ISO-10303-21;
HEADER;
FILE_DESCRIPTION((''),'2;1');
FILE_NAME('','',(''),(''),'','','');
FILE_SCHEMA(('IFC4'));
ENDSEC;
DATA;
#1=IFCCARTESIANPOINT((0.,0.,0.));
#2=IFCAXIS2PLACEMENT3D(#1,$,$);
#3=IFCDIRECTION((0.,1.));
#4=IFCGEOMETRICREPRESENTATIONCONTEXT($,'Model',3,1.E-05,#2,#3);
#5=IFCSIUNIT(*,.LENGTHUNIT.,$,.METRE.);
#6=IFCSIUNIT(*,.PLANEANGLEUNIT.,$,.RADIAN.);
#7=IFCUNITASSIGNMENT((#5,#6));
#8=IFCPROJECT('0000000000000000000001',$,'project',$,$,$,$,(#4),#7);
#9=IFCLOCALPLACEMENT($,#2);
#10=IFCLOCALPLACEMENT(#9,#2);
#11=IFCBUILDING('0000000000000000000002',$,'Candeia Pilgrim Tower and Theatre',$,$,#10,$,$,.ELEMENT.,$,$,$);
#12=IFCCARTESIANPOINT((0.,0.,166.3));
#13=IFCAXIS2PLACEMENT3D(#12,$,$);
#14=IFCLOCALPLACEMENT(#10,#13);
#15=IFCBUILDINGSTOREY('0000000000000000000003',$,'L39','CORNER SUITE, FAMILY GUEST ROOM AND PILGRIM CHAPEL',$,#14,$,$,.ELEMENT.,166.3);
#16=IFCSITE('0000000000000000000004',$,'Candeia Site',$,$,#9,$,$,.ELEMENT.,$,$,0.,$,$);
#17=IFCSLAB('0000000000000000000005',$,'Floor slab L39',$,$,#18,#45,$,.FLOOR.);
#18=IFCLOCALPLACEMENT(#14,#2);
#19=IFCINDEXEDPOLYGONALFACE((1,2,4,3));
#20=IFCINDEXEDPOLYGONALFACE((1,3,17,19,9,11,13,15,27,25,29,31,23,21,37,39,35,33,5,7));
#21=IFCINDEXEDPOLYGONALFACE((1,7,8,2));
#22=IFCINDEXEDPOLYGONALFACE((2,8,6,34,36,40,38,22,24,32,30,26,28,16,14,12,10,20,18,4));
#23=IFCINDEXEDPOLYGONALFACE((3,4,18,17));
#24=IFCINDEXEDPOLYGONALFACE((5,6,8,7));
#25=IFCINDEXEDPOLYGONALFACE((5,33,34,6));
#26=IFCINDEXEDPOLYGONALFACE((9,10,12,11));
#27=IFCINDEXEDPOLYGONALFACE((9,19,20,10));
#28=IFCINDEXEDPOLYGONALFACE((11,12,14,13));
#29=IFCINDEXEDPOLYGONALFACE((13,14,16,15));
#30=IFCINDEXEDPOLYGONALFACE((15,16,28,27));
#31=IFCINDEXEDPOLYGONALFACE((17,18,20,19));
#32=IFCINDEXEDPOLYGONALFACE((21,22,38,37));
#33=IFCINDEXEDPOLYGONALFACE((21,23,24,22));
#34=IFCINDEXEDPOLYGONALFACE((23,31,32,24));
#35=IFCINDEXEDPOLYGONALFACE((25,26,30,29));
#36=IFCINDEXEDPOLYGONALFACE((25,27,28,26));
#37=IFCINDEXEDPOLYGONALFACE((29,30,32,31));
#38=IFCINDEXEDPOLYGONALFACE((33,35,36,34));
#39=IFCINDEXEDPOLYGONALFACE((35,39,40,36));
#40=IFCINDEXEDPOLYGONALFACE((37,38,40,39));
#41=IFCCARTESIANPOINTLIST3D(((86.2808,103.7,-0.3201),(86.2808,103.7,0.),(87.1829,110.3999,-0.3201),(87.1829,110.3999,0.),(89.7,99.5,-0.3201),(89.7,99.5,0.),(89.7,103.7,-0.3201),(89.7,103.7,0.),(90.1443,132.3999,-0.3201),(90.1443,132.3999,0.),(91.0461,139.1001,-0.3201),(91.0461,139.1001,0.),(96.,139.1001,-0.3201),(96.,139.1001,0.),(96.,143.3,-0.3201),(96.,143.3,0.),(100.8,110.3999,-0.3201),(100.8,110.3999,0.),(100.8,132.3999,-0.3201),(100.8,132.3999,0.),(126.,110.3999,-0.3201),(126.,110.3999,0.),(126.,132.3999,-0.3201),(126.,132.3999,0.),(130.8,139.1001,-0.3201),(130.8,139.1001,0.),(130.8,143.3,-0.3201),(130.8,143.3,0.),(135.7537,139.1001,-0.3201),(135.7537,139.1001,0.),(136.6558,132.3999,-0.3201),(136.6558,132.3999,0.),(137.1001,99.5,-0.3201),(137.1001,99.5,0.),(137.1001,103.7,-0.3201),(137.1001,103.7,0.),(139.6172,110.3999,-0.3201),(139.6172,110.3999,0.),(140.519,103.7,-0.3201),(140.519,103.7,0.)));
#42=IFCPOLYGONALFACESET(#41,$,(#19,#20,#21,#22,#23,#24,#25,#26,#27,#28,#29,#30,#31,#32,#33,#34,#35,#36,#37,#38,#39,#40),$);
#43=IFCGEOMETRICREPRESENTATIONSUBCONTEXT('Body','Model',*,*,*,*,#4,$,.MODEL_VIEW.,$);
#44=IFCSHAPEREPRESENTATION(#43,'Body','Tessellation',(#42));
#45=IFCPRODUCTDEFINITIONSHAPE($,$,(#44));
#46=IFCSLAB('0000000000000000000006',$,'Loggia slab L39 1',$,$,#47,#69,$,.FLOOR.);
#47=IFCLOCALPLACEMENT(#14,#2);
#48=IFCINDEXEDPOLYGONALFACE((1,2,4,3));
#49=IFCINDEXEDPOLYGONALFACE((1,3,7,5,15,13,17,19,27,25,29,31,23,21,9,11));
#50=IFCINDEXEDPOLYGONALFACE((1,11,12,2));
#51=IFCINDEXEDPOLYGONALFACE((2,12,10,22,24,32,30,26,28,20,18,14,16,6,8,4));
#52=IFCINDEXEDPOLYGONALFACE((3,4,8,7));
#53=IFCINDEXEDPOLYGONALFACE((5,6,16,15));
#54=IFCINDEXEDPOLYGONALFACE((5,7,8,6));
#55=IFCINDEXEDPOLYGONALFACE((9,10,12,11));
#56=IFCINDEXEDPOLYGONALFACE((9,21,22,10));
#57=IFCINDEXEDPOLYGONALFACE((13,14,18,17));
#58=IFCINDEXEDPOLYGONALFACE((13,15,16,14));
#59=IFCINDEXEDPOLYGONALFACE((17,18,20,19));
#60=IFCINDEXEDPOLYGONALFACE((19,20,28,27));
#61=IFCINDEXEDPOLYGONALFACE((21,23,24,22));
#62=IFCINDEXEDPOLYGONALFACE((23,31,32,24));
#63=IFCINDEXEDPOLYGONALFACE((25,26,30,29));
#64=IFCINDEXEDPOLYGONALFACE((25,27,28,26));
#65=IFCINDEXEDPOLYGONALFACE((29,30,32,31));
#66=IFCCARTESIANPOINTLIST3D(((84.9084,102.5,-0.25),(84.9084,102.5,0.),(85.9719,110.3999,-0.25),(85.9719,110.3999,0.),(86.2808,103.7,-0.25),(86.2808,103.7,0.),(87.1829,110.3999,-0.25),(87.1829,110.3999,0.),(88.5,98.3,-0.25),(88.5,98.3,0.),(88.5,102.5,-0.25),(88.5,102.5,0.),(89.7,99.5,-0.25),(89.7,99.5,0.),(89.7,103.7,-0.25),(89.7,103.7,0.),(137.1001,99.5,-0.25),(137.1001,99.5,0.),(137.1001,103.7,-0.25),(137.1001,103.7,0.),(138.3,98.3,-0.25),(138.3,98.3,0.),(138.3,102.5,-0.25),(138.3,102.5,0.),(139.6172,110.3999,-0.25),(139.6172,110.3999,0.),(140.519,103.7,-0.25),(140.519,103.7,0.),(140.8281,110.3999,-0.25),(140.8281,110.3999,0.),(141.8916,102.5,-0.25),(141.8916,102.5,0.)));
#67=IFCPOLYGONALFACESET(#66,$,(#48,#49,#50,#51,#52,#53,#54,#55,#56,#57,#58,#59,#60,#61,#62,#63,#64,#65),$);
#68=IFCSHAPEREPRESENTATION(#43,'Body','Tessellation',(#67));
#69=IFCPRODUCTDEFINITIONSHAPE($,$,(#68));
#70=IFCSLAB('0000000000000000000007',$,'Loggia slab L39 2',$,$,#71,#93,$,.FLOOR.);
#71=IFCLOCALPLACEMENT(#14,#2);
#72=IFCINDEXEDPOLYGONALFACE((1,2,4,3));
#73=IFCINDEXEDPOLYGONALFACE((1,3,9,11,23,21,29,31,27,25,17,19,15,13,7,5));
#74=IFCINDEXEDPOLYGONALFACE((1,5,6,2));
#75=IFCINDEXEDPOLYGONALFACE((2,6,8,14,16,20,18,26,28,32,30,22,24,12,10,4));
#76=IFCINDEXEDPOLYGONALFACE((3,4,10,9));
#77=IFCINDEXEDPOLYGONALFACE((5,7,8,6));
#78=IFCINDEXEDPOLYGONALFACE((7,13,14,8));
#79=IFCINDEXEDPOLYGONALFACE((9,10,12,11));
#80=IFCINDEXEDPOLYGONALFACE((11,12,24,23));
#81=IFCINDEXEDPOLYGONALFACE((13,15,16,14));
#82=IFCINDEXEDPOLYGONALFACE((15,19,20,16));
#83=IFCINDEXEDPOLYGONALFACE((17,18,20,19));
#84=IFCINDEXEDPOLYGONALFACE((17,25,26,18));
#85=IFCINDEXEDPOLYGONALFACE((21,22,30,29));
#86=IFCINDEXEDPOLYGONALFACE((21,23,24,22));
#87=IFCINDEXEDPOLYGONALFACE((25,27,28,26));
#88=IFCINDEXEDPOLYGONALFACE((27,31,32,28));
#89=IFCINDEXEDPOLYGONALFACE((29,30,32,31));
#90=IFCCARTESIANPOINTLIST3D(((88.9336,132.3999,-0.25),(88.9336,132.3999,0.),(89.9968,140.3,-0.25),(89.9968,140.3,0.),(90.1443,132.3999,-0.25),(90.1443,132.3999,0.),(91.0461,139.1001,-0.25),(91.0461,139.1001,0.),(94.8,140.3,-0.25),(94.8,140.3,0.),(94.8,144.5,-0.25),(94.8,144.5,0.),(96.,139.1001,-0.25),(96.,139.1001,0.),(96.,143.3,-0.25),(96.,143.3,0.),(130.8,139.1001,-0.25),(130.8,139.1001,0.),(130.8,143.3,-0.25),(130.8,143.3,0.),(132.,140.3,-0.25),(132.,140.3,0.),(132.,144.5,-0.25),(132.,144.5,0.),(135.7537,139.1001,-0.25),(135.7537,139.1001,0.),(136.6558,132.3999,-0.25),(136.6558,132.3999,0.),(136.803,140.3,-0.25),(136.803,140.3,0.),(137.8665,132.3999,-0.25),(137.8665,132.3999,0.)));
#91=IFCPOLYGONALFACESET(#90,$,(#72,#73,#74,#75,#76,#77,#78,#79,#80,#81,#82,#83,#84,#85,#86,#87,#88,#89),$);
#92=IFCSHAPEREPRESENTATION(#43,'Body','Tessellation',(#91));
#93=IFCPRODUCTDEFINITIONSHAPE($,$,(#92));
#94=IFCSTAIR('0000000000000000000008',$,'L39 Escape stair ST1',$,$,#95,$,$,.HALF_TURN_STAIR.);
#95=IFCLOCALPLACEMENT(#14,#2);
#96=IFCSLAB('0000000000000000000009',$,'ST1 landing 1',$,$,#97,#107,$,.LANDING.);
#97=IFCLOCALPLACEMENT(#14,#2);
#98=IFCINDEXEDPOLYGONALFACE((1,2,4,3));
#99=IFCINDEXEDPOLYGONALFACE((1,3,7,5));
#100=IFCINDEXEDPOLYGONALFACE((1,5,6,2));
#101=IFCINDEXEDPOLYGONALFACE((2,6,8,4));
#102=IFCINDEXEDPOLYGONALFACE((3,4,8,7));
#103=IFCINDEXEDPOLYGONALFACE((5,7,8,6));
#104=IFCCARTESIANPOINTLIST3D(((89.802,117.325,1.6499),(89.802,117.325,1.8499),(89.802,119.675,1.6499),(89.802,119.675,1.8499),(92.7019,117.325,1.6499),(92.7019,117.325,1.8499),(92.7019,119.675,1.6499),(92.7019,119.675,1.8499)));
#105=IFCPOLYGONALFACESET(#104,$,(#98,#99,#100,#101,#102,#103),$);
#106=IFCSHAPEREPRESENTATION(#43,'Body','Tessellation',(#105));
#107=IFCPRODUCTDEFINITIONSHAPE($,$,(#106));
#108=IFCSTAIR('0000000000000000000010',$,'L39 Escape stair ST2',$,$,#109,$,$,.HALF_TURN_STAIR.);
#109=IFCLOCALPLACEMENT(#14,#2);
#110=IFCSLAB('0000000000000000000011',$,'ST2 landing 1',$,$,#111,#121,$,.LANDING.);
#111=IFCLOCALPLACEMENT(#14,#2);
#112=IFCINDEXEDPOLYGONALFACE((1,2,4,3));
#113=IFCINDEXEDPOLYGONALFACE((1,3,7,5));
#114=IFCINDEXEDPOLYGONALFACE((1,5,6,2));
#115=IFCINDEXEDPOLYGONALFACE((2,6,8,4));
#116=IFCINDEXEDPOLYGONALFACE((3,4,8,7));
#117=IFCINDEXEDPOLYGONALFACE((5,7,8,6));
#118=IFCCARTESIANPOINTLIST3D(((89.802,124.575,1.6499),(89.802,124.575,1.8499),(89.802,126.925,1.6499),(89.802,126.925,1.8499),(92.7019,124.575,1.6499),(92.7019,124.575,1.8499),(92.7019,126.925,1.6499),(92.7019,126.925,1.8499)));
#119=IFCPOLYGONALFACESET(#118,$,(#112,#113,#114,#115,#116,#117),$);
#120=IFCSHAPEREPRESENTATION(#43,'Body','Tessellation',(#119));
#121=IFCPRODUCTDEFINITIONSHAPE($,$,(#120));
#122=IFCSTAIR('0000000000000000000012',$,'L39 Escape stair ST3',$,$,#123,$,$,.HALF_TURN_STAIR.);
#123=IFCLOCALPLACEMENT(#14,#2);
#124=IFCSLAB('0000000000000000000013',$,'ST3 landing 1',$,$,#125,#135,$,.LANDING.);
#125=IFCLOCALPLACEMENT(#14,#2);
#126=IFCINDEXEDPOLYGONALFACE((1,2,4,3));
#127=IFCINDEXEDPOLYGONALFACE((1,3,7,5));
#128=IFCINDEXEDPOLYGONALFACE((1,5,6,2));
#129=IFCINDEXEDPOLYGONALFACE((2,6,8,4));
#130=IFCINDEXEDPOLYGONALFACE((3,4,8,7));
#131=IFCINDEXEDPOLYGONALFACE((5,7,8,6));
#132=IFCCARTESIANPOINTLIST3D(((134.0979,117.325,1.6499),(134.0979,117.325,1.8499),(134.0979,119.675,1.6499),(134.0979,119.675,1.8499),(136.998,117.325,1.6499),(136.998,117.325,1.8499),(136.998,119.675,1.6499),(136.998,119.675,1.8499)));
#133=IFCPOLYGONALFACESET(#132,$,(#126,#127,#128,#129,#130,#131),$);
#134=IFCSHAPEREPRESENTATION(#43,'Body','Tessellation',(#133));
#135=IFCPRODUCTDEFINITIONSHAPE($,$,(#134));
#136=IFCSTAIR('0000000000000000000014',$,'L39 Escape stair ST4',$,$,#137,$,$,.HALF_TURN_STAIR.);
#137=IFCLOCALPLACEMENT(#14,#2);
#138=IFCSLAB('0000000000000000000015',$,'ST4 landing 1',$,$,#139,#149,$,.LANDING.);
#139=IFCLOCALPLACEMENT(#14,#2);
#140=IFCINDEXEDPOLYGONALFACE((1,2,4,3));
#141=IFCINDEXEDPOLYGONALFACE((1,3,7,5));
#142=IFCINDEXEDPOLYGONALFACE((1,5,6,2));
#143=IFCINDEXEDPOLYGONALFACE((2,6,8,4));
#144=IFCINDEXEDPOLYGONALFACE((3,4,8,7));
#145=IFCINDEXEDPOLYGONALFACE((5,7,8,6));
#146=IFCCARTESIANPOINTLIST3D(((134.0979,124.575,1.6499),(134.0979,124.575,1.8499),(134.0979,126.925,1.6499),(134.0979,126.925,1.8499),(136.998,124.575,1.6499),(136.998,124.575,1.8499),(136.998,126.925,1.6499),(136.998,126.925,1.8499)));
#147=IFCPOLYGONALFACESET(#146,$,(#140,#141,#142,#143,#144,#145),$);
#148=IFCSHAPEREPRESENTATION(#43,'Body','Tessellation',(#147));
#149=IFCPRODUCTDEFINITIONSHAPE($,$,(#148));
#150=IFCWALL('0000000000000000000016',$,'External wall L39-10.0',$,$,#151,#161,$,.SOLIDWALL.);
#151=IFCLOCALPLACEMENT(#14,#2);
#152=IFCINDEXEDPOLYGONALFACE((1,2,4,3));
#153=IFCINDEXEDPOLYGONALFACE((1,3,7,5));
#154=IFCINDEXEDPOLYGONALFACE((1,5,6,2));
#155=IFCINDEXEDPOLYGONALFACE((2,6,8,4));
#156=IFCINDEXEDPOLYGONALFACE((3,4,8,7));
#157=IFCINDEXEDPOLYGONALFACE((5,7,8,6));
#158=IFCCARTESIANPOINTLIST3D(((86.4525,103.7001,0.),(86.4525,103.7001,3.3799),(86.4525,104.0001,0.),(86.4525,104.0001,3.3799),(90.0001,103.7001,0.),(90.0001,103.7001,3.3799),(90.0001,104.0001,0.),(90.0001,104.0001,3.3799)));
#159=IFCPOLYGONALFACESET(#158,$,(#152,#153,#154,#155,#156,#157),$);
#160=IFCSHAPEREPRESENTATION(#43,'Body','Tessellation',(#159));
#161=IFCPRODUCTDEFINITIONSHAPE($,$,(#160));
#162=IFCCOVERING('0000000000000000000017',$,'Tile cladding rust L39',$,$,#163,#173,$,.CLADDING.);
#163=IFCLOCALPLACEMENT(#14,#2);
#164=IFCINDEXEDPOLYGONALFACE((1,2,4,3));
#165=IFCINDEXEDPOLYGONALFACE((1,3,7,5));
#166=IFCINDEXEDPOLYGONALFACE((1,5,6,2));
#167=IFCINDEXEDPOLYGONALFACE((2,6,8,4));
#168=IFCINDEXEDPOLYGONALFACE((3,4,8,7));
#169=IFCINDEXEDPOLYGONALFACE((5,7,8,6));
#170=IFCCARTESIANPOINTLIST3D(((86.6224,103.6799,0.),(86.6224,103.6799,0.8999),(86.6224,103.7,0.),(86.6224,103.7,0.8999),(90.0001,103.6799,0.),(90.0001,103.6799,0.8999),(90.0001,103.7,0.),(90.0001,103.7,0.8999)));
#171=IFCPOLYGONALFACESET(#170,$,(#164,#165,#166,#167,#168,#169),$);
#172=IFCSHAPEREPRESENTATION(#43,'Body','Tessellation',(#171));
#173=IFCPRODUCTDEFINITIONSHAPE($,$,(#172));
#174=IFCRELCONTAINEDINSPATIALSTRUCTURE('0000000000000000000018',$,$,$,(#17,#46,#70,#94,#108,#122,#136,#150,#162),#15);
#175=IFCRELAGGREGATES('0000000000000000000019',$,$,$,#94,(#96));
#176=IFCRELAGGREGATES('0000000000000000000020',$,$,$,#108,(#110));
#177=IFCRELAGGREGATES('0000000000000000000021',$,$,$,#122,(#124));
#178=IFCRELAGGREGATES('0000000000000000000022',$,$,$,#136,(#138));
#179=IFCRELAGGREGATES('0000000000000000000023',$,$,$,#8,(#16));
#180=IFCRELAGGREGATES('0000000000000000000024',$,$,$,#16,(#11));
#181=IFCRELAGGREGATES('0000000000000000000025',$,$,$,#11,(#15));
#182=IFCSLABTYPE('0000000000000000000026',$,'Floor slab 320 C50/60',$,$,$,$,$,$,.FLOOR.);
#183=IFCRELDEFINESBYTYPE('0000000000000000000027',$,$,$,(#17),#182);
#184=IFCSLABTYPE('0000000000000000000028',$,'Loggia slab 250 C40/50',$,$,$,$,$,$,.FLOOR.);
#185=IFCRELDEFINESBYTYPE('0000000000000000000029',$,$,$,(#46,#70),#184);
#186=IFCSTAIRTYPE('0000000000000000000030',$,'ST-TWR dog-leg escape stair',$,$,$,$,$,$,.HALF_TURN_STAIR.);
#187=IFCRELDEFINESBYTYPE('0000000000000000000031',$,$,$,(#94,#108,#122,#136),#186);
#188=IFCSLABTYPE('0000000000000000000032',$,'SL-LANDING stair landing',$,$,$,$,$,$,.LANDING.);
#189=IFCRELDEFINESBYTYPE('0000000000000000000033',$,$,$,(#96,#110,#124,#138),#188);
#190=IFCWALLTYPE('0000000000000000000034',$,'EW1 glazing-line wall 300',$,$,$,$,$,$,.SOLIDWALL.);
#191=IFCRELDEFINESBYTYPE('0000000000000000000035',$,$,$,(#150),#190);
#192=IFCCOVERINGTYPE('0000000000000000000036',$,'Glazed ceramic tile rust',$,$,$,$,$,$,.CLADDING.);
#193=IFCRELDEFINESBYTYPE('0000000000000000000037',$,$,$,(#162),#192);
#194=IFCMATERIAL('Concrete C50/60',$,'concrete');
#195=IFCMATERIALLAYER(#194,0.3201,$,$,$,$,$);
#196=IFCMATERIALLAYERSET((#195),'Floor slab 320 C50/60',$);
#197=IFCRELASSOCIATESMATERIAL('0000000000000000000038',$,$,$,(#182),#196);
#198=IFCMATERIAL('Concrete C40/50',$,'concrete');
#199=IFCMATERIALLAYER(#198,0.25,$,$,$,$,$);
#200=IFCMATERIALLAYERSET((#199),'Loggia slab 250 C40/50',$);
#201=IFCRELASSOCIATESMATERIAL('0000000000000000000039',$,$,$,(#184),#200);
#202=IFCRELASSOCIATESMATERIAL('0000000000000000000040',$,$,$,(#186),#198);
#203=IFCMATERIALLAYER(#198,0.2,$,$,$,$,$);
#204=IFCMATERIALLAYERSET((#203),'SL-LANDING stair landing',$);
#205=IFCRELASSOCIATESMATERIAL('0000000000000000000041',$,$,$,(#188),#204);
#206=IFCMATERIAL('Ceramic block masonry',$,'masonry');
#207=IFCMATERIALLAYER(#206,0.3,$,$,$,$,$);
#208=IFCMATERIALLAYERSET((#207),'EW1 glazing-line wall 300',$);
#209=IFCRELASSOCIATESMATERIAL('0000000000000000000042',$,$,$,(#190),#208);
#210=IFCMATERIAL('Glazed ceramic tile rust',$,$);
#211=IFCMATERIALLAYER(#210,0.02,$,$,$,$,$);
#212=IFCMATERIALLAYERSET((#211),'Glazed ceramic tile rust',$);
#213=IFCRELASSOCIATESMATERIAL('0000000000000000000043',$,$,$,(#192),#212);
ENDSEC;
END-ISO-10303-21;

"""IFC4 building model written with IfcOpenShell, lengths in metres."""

from ifc_helpers import new_model, si_unit, direction, frame, frame_2d, origin, origin_2d, place, context, subcontext, project, spatial, polyline, rectangle, outline, extrude, material, layer, layer_set, type_object, element, aggregate, save


model = new_model("IFC4")

# Units and contexts
model_context = context("Model", 3, precision=1e-05, world=origin(), true_north=direction((0.0, 1.0)))
body_context = subcontext(model_context, "Body", "Model", "MODEL_VIEW")
ifc_project = project(units=[si_unit("LENGTHUNIT", "METRE"), si_unit("PLANEANGLEUNIT", "RADIAN")], contexts=[model_context])

# Site, building, storey
site_placement = place(None, origin())
site = spatial("IfcSite", under=ifc_project, at=site_placement, Name="Candeia Site", CompositionType="ELEMENT", RefElevation=0.0)
building_placement = place(site_placement, origin())
building = spatial("IfcBuilding", under=site, at=building_placement, Name="Candeia Pilgrim Tower and Theatre", CompositionType="ELEMENT")
storey_placement = place(building_placement, frame((0.0, 0.0, 166.3)))
storey = spatial("IfcBuildingStorey", under=building, at=storey_placement, Name="L39", Description="CORNER SUITE, FAMILY GUEST ROOM AND PILGRIM CHAPEL", CompositionType="ELEMENT", Elevation=166.3)

# Slabs
ifc_material_1 = material(Name="Concrete C40/50", Category="concrete")
ifc_material_2 = material(Name="Concrete C50/60", Category="concrete")
ifc_layer_1 = layer(ifc_material_2, 0.3201)
ifc_layer_set_1 = layer_set([ifc_layer_1], Name="Floor slab 320 C50/60")
slab_type_1 = type_object("IfcSlabType", Name="Floor slab 320 C50/60", PredefinedType="FLOOR", material=ifc_layer_set_1)
slab_1_placement = place(storey_placement, frame((0.0, 0.0, -0.3201)))
element("IfcSlab", 1, at=slab_1_placement, inside=storey, type_object=slab_type_1, Name="Floor slab L39", PredefinedType="FLOOR", context=body_context, shape_type="SweptSolid", body=[
    extrude(outline(polyline([(96.0, 139.1001), (96.0, 143.3), (130.8, 143.3), (130.8, 139.1001), (135.7537, 139.1001), (136.6558, 132.3999), (126.0, 132.3999), (126.0, 110.3999), (139.6172, 110.3999), (140.519, 103.7), (137.1001, 103.7), (137.1001, 99.5), (89.7, 99.5), (89.7, 103.7), (86.2808, 103.7), (87.1829, 110.3999), (100.8, 110.3999), (100.8, 132.3999), (90.1443, 132.3999), (91.0461, 139.1001), (96.0, 139.1001)])), origin(), (0.0, 0.0, 1.0), 0.3201),
])
ifc_layer_2 = layer(ifc_material_1, 0.25)
ifc_layer_set_2 = layer_set([ifc_layer_2], Name="Loggia slab 250 C40/50")
slab_type_2 = type_object("IfcSlabType", Name="Loggia slab 250 C40/50", PredefinedType="FLOOR", material=ifc_layer_set_2)
slab_2_placement = place(storey_placement, frame((0.0, 0.0, -0.25)))
element("IfcSlab", 2, at=slab_2_placement, inside=storey, type_object=slab_type_2, Name="Loggia slab L39 1", PredefinedType="FLOOR", context=body_context, shape_type="SweptSolid", body=[
    extrude(outline(polyline([(87.1829, 110.3999), (86.2808, 103.7), (89.7, 103.7), (89.7, 99.5), (137.1001, 99.5), (137.1001, 103.7), (140.519, 103.7), (139.6172, 110.3999), (140.8281, 110.3999), (141.8916, 102.5), (138.3, 102.5), (138.3, 98.3), (88.5, 98.3), (88.5, 102.5), (84.9084, 102.5), (85.9719, 110.3999), (87.1829, 110.3999)])), origin(), (0.0, 0.0, 1.0), 0.25),
])
slab_3_placement = place(storey_placement, frame((0.0, 0.0, -0.25)))
element("IfcSlab", 3, at=slab_3_placement, inside=storey, type_object=slab_type_2, Name="Loggia slab L39 2", PredefinedType="FLOOR", context=body_context, shape_type="SweptSolid", body=[
    extrude(outline(polyline([(136.6558, 132.3999), (135.7537, 139.1001), (130.8, 139.1001), (130.8, 143.3), (96.0, 143.3), (96.0, 139.1001), (91.0461, 139.1001), (90.1443, 132.3999), (88.9336, 132.3999), (89.9968, 140.3), (94.8, 140.3), (94.8, 144.5), (132.0, 144.5), (132.0, 140.3), (136.803, 140.3), (137.8665, 132.3999), (136.6558, 132.3999)])), origin(), (0.0, 0.0, 1.0), 0.25),
])

# Stairs, slabs
stair_type = type_object("IfcStairType", Name="ST-TWR dog-leg escape stair", PredefinedType="HALF_TURN_STAIR", material=ifc_material_1)
stair_1_placement = place(storey_placement, origin())
stair_1 = element("IfcStair", 4, at=stair_1_placement, inside=storey, type_object=stair_type, Name="L39 Escape stair ST1", PredefinedType="HALF_TURN_STAIR")
ifc_layer_3 = layer(ifc_material_1, 0.2)
ifc_layer_set_3 = layer_set([ifc_layer_3], Name="SL-LANDING stair landing")
slab_type_3 = type_object("IfcSlabType", Name="SL-LANDING stair landing", PredefinedType="LANDING", material=ifc_layer_set_3)
slab_4_placement = place(storey_placement, frame((0.0, 0.0, 1.6499)))
slab_4 = element("IfcSlab", 5, at=slab_4_placement, type_object=slab_type_3, Name="ST1 landing 1", PredefinedType="LANDING", context=body_context, shape_type="SweptSolid", body=[
    extrude(outline(polyline([(89.802, 119.675), (89.802, 117.325), (92.7019, 117.325), (92.7019, 119.675), (89.802, 119.675)])), origin(), (0.0, 0.0, 1.0), 0.2),
])
aggregate(stair_1, [slab_4])
stair_2_placement = place(storey_placement, origin())
stair_2 = element("IfcStair", 6, at=stair_2_placement, inside=storey, type_object=stair_type, Name="L39 Escape stair ST2", PredefinedType="HALF_TURN_STAIR")
slab_5_placement = place(storey_placement, frame((0.0, 0.0, 1.6499)))
slab_5 = element("IfcSlab", 7, at=slab_5_placement, type_object=slab_type_3, Name="ST2 landing 1", PredefinedType="LANDING", context=body_context, shape_type="SweptSolid", body=[
    extrude(outline(polyline([(89.802, 126.925), (89.802, 124.575), (92.7019, 124.575), (92.7019, 126.925), (89.802, 126.925)])), origin(), (0.0, 0.0, 1.0), 0.2),
])
aggregate(stair_2, [slab_5])
stair_3_placement = place(storey_placement, origin())
stair_3 = element("IfcStair", 8, at=stair_3_placement, inside=storey, type_object=stair_type, Name="L39 Escape stair ST3", PredefinedType="HALF_TURN_STAIR")
slab_6_placement = place(storey_placement, frame((0.0, 0.0, 1.6499)))
slab_6 = element("IfcSlab", 9, at=slab_6_placement, type_object=slab_type_3, Name="ST3 landing 1", PredefinedType="LANDING", context=body_context, shape_type="SweptSolid", body=[
    extrude(outline(polyline([(134.0979, 119.675), (134.0979, 117.325), (136.998, 117.325), (136.998, 119.675), (134.0979, 119.675)])), origin(), (0.0, 0.0, 1.0), 0.2),
])
aggregate(stair_3, [slab_6])
stair_4_placement = place(storey_placement, origin())
stair_4 = element("IfcStair", 10, at=stair_4_placement, inside=storey, type_object=stair_type, Name="L39 Escape stair ST4", PredefinedType="HALF_TURN_STAIR")
slab_7_placement = place(storey_placement, frame((0.0, 0.0, 1.6499)))
slab_7 = element("IfcSlab", 11, at=slab_7_placement, type_object=slab_type_3, Name="ST4 landing 1", PredefinedType="LANDING", context=body_context, shape_type="SweptSolid", body=[
    extrude(outline(polyline([(134.0979, 126.925), (134.0979, 124.575), (136.998, 124.575), (136.998, 126.925), (134.0979, 126.925)])), origin(), (0.0, 0.0, 1.0), 0.2),
])
aggregate(stair_4, [slab_7])

# Wall
ifc_material_3 = material(Name="Ceramic block masonry", Category="masonry")
ifc_layer_4 = layer(ifc_material_3, 0.3)
ifc_layer_set_4 = layer_set([ifc_layer_4], Name="EW1 glazing-line wall 300")
wall_type = type_object("IfcWallType", Name="EW1 glazing-line wall 300", PredefinedType="SOLIDWALL", material=ifc_layer_set_4)
wall_placement = place(storey_placement, frame((86.4524, 103.8501, 0.0), z_axis=(0.0, 0.0, 1.0), x_axis=(1.0, 0.0, 0.0)))
element("IfcWall", 12, at=wall_placement, inside=storey, type_object=wall_type, Name="External wall L39-10.0", PredefinedType="SOLIDWALL", context=body_context, shape_type="SweptSolid", body=[
    extrude(rectangle(XDim=3.5476, YDim=0.3, at=frame_2d((1.7739, 0.0))), origin(), (0.0, 0.0, 1.0), 3.3799),
])

# Covering
ifc_material_4 = material(Name="Glazed ceramic tile rust")
ifc_layer_5 = layer(ifc_material_4, 0.02)
ifc_layer_set_5 = layer_set([ifc_layer_5], Name="Glazed ceramic tile rust")
covering_type = type_object("IfcCoveringType", Name="Glazed ceramic tile rust", PredefinedType="CLADDING", material=ifc_layer_set_5)
covering_placement = place(storey_placement, frame((88.3113, 103.6899, 0.0), z_axis=(0.0, 0.0, 1.0), x_axis=(1.0, 0.0, 0.0)))
element("IfcCovering", 13, at=covering_placement, inside=storey, type_object=covering_type, Name="Tile cladding rust L39", PredefinedType="CLADDING", context=body_context, shape_type="SweptSolid", body=[
    extrude(rectangle(XDim=3.3777, YDim=0.02, at=origin_2d()), origin(), (0.0, 0.0, 1.0), 0.8999),
])

save(model, "model.ifc")
